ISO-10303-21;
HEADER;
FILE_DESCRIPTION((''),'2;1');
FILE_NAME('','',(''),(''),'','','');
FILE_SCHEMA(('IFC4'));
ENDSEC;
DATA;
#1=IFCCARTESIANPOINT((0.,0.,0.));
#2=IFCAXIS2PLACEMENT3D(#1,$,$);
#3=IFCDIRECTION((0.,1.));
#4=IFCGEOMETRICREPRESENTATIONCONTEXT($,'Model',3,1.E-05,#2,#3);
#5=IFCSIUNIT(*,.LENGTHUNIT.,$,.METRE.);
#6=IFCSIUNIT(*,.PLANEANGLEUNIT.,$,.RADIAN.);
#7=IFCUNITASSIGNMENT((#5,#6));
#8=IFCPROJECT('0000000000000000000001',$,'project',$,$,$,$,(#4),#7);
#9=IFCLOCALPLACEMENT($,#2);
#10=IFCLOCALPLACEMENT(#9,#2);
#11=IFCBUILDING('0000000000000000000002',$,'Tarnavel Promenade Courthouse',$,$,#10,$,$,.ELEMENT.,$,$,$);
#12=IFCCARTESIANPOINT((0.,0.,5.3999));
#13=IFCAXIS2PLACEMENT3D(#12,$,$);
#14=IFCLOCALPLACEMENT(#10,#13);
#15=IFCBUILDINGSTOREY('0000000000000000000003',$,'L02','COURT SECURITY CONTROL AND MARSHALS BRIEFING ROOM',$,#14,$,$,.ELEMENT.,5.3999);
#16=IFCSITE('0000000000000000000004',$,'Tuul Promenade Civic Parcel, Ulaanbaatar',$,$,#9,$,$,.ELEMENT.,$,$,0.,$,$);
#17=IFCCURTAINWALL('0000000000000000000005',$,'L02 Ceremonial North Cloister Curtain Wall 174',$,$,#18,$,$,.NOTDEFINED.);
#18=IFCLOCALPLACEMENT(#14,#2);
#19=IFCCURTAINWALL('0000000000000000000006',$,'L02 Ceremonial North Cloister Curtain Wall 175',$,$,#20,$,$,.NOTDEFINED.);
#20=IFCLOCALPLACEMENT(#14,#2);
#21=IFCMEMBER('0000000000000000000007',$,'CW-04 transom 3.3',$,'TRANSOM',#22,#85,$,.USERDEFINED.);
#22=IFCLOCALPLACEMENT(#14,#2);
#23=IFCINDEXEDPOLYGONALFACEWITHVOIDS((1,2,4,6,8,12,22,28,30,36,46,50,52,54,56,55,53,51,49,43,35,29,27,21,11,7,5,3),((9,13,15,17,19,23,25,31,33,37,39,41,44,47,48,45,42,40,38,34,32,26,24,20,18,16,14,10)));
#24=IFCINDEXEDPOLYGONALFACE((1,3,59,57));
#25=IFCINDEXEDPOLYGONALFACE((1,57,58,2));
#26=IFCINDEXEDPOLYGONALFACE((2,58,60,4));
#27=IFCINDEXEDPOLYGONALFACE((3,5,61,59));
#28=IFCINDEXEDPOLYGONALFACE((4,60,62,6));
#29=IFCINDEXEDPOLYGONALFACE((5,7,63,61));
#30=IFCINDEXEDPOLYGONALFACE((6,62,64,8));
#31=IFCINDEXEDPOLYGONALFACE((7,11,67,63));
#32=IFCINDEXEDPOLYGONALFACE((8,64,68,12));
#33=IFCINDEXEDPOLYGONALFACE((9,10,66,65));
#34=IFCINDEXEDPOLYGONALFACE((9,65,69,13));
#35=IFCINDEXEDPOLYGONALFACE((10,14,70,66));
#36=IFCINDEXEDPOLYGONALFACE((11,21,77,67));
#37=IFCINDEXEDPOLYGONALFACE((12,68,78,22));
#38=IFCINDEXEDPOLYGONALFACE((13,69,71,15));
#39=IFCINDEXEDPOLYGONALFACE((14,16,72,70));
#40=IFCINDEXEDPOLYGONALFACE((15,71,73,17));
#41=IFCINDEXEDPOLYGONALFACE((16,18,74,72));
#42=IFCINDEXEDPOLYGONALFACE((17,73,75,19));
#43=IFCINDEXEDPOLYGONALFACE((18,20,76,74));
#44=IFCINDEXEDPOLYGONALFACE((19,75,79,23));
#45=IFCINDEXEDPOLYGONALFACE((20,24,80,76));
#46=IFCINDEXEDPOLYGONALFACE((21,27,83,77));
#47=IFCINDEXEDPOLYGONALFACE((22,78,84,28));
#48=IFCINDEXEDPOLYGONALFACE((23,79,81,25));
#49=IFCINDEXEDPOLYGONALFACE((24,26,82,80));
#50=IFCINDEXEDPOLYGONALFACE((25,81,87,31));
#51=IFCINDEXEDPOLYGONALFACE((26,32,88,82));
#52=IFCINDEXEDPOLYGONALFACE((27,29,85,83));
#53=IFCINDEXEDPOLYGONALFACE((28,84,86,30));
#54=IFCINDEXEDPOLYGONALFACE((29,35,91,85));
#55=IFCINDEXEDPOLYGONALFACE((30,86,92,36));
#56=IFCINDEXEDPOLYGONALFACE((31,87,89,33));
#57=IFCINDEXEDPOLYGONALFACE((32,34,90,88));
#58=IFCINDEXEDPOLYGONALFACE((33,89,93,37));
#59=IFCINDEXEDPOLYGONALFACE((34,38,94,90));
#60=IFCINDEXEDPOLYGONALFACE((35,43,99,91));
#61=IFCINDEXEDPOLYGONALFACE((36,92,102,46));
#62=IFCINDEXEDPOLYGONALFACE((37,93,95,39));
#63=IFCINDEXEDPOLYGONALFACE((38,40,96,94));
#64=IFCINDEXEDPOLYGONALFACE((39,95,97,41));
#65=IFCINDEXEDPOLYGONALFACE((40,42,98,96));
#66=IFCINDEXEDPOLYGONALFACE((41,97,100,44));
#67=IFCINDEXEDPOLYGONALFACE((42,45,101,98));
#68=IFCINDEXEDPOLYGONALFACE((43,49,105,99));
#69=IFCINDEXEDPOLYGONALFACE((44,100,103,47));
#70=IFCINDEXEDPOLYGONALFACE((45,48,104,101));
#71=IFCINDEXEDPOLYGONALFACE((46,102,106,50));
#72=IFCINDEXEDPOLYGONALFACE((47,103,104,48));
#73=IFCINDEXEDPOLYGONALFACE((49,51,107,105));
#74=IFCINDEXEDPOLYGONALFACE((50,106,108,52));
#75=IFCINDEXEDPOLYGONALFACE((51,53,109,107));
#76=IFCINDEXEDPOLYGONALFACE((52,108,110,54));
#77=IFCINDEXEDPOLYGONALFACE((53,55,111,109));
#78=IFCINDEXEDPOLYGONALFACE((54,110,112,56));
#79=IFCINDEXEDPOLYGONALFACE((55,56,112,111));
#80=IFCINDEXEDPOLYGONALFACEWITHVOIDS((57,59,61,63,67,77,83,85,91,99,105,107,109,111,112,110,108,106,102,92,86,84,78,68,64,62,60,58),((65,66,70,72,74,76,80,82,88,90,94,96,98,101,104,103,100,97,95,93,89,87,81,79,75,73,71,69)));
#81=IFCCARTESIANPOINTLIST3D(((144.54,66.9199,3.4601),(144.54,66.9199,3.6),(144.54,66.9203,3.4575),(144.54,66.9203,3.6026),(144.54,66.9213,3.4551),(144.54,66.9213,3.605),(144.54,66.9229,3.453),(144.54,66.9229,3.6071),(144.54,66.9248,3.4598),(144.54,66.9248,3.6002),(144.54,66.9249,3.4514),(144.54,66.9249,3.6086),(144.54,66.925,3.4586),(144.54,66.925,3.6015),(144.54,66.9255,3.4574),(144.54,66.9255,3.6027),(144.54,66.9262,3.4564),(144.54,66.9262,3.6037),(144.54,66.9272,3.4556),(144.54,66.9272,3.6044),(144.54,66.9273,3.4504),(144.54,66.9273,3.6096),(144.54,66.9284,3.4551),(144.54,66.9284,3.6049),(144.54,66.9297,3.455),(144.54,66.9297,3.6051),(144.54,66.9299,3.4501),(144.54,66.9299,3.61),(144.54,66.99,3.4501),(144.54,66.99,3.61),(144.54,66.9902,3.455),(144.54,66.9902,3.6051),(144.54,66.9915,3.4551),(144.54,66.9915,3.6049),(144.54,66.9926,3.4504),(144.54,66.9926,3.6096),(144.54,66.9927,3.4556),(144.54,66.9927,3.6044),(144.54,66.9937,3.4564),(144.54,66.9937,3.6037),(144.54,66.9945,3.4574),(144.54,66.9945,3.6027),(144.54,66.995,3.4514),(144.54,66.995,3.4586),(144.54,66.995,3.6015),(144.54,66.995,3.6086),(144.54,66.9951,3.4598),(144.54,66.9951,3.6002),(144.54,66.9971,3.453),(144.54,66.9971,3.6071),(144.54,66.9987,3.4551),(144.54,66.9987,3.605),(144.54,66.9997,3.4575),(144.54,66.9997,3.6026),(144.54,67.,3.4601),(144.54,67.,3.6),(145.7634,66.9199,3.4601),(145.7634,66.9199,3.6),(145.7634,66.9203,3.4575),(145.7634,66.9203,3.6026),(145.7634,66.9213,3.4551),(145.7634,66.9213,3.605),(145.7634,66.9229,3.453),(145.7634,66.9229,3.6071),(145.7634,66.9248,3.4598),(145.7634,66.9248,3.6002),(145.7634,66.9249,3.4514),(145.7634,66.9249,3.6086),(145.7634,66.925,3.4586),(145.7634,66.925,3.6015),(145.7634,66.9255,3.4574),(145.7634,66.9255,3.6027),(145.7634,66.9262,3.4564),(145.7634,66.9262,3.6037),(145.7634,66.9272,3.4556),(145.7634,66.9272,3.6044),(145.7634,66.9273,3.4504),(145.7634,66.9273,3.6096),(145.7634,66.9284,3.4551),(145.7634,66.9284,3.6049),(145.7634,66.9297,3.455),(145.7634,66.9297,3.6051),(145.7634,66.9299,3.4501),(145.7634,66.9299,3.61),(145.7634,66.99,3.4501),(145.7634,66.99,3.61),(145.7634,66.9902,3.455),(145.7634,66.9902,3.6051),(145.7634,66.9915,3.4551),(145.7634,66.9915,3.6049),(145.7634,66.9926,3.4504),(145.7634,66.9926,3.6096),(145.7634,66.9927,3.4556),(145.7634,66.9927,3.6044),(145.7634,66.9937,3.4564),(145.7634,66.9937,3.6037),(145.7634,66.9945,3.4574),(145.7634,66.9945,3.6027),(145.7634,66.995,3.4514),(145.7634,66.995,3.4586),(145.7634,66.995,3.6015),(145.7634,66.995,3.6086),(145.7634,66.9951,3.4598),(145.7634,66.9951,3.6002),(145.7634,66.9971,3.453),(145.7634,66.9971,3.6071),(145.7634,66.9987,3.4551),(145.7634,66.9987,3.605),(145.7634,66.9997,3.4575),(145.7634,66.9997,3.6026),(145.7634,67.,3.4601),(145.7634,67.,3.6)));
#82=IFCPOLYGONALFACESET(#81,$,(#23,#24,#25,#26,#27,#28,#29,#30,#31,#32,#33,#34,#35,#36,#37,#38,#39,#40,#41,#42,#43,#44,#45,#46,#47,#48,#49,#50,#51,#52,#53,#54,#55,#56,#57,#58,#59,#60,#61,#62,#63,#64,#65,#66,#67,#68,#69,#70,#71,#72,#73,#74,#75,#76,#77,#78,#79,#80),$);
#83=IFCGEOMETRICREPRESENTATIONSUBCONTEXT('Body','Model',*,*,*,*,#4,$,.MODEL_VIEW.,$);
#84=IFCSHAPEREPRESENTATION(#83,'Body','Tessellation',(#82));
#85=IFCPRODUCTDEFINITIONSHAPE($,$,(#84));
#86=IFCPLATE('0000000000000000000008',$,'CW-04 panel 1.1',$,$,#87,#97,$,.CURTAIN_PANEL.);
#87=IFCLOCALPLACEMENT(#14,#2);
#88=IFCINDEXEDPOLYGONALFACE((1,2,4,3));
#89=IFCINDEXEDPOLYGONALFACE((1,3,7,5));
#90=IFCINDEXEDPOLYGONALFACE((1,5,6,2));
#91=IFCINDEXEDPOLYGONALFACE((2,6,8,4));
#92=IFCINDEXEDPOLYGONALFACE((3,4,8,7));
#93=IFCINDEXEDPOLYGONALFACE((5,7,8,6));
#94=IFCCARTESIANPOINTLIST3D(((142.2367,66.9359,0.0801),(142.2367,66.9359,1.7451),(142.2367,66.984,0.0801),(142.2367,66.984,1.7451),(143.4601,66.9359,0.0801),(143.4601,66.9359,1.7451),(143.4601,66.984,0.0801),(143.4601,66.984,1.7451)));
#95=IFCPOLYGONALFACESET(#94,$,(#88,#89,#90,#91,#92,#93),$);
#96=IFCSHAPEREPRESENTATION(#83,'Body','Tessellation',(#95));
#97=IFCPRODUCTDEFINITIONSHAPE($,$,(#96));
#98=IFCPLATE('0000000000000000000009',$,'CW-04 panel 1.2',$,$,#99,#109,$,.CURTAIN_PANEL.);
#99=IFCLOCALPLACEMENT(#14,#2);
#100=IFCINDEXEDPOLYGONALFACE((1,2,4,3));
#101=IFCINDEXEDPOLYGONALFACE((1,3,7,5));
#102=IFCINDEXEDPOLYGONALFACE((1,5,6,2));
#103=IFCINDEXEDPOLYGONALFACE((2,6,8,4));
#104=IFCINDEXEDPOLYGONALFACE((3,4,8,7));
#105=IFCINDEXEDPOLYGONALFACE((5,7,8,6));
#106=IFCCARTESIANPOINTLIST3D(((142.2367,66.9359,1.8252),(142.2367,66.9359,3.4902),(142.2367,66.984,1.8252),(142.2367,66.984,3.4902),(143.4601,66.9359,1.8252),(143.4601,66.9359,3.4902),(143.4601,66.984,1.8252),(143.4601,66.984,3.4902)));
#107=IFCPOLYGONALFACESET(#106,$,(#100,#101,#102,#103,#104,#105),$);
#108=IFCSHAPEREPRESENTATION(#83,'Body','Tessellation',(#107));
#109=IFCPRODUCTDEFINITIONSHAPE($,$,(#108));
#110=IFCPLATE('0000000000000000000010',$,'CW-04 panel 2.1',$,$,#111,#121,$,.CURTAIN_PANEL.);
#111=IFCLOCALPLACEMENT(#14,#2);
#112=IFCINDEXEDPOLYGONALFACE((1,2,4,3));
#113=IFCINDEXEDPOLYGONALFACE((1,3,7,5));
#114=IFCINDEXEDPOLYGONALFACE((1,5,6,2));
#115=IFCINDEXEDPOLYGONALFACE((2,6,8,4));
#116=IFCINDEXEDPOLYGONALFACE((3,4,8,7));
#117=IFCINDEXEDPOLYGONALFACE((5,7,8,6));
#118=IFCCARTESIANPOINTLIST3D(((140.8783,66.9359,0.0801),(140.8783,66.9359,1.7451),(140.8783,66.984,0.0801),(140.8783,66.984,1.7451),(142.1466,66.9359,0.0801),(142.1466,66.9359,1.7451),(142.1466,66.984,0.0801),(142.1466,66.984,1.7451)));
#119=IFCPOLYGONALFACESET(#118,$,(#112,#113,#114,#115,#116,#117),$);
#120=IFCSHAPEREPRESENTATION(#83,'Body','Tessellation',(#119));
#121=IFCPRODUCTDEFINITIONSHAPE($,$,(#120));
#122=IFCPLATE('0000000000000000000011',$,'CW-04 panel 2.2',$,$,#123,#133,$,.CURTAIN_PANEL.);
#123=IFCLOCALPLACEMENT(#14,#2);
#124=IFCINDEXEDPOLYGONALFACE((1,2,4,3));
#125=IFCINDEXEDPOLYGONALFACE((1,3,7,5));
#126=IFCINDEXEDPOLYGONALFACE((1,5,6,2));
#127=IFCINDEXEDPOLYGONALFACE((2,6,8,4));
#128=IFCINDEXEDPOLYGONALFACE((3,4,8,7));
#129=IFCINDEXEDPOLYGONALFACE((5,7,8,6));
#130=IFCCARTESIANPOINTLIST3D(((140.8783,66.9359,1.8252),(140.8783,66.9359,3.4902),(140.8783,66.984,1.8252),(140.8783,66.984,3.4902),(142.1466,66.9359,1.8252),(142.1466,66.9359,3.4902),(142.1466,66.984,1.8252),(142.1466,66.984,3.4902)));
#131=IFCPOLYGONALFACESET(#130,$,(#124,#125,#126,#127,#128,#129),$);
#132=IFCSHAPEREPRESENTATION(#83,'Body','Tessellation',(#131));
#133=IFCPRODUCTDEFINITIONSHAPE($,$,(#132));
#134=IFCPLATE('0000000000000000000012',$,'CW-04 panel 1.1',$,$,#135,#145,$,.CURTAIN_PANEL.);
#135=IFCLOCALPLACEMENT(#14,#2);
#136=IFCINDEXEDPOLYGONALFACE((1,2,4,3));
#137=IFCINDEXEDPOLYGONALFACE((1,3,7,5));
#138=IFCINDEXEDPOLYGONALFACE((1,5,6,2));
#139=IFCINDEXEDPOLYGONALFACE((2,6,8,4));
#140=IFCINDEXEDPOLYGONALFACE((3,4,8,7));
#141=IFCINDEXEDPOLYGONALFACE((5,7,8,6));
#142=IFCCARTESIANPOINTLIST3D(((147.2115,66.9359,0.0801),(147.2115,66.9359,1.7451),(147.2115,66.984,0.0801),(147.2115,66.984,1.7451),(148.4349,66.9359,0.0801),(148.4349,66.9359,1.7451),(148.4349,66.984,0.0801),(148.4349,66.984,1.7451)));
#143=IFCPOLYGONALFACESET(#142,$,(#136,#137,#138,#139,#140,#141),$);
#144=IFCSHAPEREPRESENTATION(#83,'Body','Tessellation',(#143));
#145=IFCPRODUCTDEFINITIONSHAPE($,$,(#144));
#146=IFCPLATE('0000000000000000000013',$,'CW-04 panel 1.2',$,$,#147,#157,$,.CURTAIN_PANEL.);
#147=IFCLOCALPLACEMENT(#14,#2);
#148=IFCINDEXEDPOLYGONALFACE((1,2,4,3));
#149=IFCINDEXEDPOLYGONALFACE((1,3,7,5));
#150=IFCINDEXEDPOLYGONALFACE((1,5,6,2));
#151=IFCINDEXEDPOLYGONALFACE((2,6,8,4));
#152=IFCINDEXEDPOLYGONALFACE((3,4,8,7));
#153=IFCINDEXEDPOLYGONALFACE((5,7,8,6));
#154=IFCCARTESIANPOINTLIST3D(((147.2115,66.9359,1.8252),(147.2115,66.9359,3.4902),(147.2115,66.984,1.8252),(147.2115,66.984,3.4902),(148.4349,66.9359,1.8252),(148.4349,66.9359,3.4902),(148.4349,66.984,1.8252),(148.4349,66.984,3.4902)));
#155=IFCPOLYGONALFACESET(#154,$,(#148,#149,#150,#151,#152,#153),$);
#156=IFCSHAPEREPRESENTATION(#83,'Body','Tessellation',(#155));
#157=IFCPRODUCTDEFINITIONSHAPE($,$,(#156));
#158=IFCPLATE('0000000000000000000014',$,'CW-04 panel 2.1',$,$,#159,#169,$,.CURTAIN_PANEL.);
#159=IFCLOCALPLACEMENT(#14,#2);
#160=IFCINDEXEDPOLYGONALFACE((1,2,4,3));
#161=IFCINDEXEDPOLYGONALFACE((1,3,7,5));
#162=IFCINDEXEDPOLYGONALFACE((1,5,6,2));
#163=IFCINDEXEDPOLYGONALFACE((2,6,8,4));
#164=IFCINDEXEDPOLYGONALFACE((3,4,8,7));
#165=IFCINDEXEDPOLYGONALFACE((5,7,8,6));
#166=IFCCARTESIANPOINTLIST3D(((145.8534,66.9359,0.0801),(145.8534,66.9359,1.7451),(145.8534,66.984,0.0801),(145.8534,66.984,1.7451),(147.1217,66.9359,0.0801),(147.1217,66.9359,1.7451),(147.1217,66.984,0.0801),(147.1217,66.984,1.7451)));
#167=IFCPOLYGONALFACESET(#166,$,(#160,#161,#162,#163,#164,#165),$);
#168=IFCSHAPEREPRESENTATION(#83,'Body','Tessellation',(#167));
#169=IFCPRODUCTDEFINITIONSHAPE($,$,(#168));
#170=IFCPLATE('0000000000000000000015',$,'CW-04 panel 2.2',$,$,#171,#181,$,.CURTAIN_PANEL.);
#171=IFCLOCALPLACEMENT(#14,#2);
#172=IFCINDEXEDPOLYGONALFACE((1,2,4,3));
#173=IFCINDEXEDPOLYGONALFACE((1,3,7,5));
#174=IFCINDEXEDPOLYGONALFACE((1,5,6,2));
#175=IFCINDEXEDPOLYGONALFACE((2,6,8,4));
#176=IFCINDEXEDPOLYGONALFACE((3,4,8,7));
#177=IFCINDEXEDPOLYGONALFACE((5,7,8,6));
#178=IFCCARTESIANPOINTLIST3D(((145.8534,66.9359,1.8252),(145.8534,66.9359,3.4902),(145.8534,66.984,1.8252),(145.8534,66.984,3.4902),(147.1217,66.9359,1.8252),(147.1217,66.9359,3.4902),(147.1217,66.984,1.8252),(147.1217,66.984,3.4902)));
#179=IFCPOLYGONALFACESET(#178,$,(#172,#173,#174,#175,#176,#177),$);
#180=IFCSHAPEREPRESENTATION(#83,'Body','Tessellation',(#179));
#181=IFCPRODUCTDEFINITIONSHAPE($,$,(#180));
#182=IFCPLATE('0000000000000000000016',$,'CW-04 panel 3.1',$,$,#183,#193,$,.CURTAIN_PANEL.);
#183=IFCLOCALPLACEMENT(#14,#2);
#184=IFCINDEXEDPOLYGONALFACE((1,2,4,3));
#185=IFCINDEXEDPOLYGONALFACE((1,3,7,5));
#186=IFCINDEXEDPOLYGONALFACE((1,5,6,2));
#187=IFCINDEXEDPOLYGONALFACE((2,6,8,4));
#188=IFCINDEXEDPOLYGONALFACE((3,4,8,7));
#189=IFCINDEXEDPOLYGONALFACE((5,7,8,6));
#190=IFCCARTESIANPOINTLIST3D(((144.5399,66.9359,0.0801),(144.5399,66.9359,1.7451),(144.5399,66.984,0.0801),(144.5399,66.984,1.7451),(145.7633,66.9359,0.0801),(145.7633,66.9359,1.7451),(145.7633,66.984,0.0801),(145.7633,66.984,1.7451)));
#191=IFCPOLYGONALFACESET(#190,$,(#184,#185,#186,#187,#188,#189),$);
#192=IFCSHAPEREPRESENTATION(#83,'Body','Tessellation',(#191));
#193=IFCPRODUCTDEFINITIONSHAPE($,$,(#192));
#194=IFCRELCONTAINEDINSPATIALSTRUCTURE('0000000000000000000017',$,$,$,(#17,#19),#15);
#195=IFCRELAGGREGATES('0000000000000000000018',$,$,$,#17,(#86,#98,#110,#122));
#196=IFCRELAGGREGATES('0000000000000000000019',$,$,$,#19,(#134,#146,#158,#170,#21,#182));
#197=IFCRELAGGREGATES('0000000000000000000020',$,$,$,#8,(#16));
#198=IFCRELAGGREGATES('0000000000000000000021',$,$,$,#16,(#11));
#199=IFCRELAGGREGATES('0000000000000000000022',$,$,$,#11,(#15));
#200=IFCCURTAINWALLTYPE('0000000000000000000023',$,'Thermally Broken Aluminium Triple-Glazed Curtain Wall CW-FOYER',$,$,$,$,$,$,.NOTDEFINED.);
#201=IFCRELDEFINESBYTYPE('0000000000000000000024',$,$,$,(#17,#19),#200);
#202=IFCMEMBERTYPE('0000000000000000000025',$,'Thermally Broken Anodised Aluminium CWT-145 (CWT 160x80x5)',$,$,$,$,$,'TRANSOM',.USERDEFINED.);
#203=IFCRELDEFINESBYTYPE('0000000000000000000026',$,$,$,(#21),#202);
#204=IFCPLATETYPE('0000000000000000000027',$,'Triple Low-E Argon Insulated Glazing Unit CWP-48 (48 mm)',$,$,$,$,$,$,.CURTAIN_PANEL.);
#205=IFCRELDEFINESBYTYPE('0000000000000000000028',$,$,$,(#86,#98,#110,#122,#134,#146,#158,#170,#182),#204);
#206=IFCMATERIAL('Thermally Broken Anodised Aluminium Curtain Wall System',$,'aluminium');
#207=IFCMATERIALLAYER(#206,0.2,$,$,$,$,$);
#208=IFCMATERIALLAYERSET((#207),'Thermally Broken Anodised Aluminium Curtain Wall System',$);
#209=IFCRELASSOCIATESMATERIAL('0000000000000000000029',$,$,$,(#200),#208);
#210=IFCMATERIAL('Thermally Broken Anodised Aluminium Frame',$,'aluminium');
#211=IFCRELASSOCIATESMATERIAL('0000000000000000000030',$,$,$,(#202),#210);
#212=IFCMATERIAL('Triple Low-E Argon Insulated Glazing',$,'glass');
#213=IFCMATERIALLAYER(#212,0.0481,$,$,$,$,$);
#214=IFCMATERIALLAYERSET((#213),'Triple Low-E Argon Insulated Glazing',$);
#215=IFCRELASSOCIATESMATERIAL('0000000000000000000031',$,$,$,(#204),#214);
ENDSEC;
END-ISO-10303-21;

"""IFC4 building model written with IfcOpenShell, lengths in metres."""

from ifc_helpers import new_model, si_unit, direction, frame, origin, origin_2d, place, context, subcontext, project, spatial, rectangle, hollow_rectangle, extrude, material, layer, layer_set, material_profile, profile_set, type_object, element, aggregate, save


model = new_model("IFC4")

# Units and contexts
model_context = context("Model", 3, precision=1e-05, world=origin(), true_north=direction((0.0, 1.0)))
body_context = subcontext(model_context, "Body", "Model", "MODEL_VIEW")
ifc_project = project(units=[si_unit("LENGTHUNIT", "METRE"), si_unit("PLANEANGLEUNIT", "RADIAN")], contexts=[model_context])

# Site, building, storey
site_placement = place(None, origin())
site = spatial("IfcSite", under=ifc_project, at=site_placement, Name="Tuul Promenade Civic Parcel, Ulaanbaatar", CompositionType="ELEMENT", RefElevation=0.0)
building_placement = place(site_placement, origin())
building = spatial("IfcBuilding", under=site, at=building_placement, Name="Tarnavel Promenade Courthouse", CompositionType="ELEMENT")
storey_placement = place(building_placement, frame((0.0, 0.0, 5.3999)))
storey = spatial("IfcBuildingStorey", under=building, at=storey_placement, Name="L02", Description="COURT SECURITY CONTROL AND MARSHALS BRIEFING ROOM", CompositionType="ELEMENT", Elevation=5.3999)

# Curtain walls
ifc_material_1 = material(Name="Thermally Broken Anodised Aluminium Curtain Wall System", Category="aluminium")
ifc_layer_1 = layer(ifc_material_1, 0.2)
ifc_layer_set_1 = layer_set([ifc_layer_1], Name="Thermally Broken Anodised Aluminium Curtain Wall System")
curtain_wall_type = type_object("IfcCurtainWallType", Name="Thermally Broken Aluminium Triple-Glazed Curtain Wall CW-FOYER", PredefinedType="NOTDEFINED", material=ifc_layer_set_1)
curtain_wall_1_placement = place(storey_placement, origin())
curtain_wall_1 = element("IfcCurtainWall", 1, at=curtain_wall_1_placement, inside=storey, type_object=curtain_wall_type, Name="L02 Ceremonial North Cloister Curtain Wall 174", PredefinedType="NOTDEFINED")
ifc_material_2 = material(Name="Thermally Broken Anodised Aluminium Frame", Category="aluminium")
curtain_wall_2_placement = place(storey_placement, origin())
curtain_wall_2 = element("IfcCurtainWall", 2, at=curtain_wall_2_placement, inside=storey, type_object=curtain_wall_type, Name="L02 Ceremonial North Cloister Curtain Wall 175", PredefinedType="NOTDEFINED")

# Member
ifc_material_profile_1 = material_profile(ifc_material_2, hollow_rectangle(XDim=0.0801, YDim=0.1599, WallThickness=0.0049, InnerFilletRadius=0.0049, OuterFilletRadius=0.01, at=origin_2d()), Name="CWT 160x80x5")
ifc_profile_set_1 = profile_set([ifc_material_profile_1], Name="Thermally Broken Anodised Aluminium Frame")
member_type_1 = type_object("IfcMemberType", Name="Thermally Broken Anodised Aluminium CWT-145 (CWT 160x80x5)", ElementType="TRANSOM", PredefinedType="USERDEFINED", material=ifc_profile_set_1)
member_1_placement = place(storey_placement, frame((145.7634, 66.96, 3.53), z_axis=(-1.0, 0.0, 0.0), x_axis=(0.0, -1.0, 0.0)))
member_1 = element("IfcMember", 3, at=member_1_placement, type_object=member_type_1, Name="CW-04 transom 3.3", ObjectType="TRANSOM", PredefinedType="USERDEFINED", context=body_context, shape_type="SweptSolid", body=[
    extrude(hollow_rectangle(XDim=0.0801, YDim=0.1599, WallThickness=0.0049, InnerFilletRadius=0.0049, OuterFilletRadius=0.01, at=origin_2d()), origin(), (0.0, 0.0, 1.0), 1.2234),
])

# Plates
ifc_material_3 = material(Name="Triple Low-E Argon Insulated Glazing", Category="glass")
ifc_layer_2 = layer(ifc_material_3, 0.0481)
ifc_layer_set_2 = layer_set([ifc_layer_2], Name="Triple Low-E Argon Insulated Glazing")
plate_type = type_object("IfcPlateType", Name="Triple Low-E Argon Insulated Glazing Unit CWP-48 (48 mm)", PredefinedType="CURTAIN_PANEL", material=ifc_layer_set_2)
plate_1_placement = place(storey_placement, frame((142.8484, 66.96, 0.0801), z_axis=(0.0, 0.0, 1.0), x_axis=(-1.0, 0.0, 0.0)))
plate_1 = element("IfcPlate", 4, at=plate_1_placement, type_object=plate_type, Name="CW-04 panel 1.1", PredefinedType="CURTAIN_PANEL", context=body_context, shape_type="SweptSolid", body=[
    extrude(rectangle(XDim=1.2234, YDim=0.0481, at=origin_2d()), origin(), (0.0, 0.0, 1.0), 1.665),
])
plate_2_placement = place(storey_placement, frame((142.8484, 66.96, 1.8252), z_axis=(0.0, 0.0, 1.0), x_axis=(-1.0, 0.0, 0.0)))
plate_2 = element("IfcPlate", 5, at=plate_2_placement, type_object=plate_type, Name="CW-04 panel 1.2", PredefinedType="CURTAIN_PANEL", context=body_context, shape_type="SweptSolid", body=[
    extrude(rectangle(XDim=1.2234, YDim=0.0481, at=origin_2d()), origin(), (0.0, 0.0, 1.0), 1.665),
])
plate_3_placement = place(storey_placement, frame((141.5125, 66.96, 0.0801), z_axis=(0.0, 0.0, 1.0), x_axis=(-1.0, 0.0, 0.0)))
plate_3 = element("IfcPlate", 6, at=plate_3_placement, type_object=plate_type, Name="CW-04 panel 2.1", PredefinedType="CURTAIN_PANEL", context=body_context, shape_type="SweptSolid", body=[
    extrude(rectangle(XDim=1.2683, YDim=0.0481, at=origin_2d()), origin(), (0.0, 0.0, 1.0), 1.665),
])
plate_4_placement = place(storey_placement, frame((141.5125, 66.96, 1.8252), z_axis=(0.0, 0.0, 1.0), x_axis=(-1.0, 0.0, 0.0)))
plate_4 = element("IfcPlate", 7, at=plate_4_placement, type_object=plate_type, Name="CW-04 panel 2.2", PredefinedType="CURTAIN_PANEL", context=body_context, shape_type="SweptSolid", body=[
    extrude(rectangle(XDim=1.2683, YDim=0.0481, at=origin_2d()), origin(), (0.0, 0.0, 1.0), 1.665),
])
aggregate(curtain_wall_1, [plate_1, plate_2, plate_3, plate_4])
plate_5_placement = place(storey_placement, frame((147.8232, 66.96, 0.0801), z_axis=(0.0, 0.0, 1.0), x_axis=(-1.0, 0.0, 0.0)))
plate_5 = element("IfcPlate", 8, at=plate_5_placement, type_object=plate_type, Name="CW-04 panel 1.1", PredefinedType="CURTAIN_PANEL", context=body_context, shape_type="SweptSolid", body=[
    extrude(rectangle(XDim=1.2234, YDim=0.0481, at=origin_2d()), origin(), (0.0, 0.0, 1.0), 1.665),
])
plate_6_placement = place(storey_placement, frame((147.8232, 66.96, 1.8252), z_axis=(0.0, 0.0, 1.0), x_axis=(-1.0, 0.0, 0.0)))
plate_6 = element("IfcPlate", 9, at=plate_6_placement, type_object=plate_type, Name="CW-04 panel 1.2", PredefinedType="CURTAIN_PANEL", context=body_context, shape_type="SweptSolid", body=[
    extrude(rectangle(XDim=1.2234, YDim=0.0481, at=origin_2d()), origin(), (0.0, 0.0, 1.0), 1.665),
])
plate_7_placement = place(storey_placement, frame((146.4875, 66.96, 0.0801), z_axis=(0.0, 0.0, 1.0), x_axis=(-1.0, 0.0, 0.0)))
plate_7 = element("IfcPlate", 10, at=plate_7_placement, type_object=plate_type, Name="CW-04 panel 2.1", PredefinedType="CURTAIN_PANEL", context=body_context, shape_type="SweptSolid", body=[
    extrude(rectangle(XDim=1.2683, YDim=0.0481, at=origin_2d()), origin(), (0.0, 0.0, 1.0), 1.665),
])
plate_8_placement = place(storey_placement, frame((146.4875, 66.96, 1.8252), z_axis=(0.0, 0.0, 1.0), x_axis=(-1.0, 0.0, 0.0)))
plate_8 = element("IfcPlate", 11, at=plate_8_placement, type_object=plate_type, Name="CW-04 panel 2.2", PredefinedType="CURTAIN_PANEL", context=body_context, shape_type="SweptSolid", body=[
    extrude(rectangle(XDim=1.2683, YDim=0.0481, at=origin_2d()), origin(), (0.0, 0.0, 1.0), 1.665),
])
plate_9_placement = place(storey_placement, frame((145.1516, 66.96, 0.0801), z_axis=(0.0, 0.0, 1.0), x_axis=(-1.0, 0.0, 0.0)))
plate_9 = element("IfcPlate", 12, at=plate_9_placement, type_object=plate_type, Name="CW-04 panel 3.1", PredefinedType="CURTAIN_PANEL", context=body_context, shape_type="SweptSolid", body=[
    extrude(rectangle(XDim=1.2234, YDim=0.0481, at=origin_2d()), origin(), (0.0, 0.0, 1.0), 1.665),
])
aggregate(curtain_wall_2, [plate_5, plate_6, plate_7, plate_8, member_1, plate_9])

save(model, "model.ifc")
